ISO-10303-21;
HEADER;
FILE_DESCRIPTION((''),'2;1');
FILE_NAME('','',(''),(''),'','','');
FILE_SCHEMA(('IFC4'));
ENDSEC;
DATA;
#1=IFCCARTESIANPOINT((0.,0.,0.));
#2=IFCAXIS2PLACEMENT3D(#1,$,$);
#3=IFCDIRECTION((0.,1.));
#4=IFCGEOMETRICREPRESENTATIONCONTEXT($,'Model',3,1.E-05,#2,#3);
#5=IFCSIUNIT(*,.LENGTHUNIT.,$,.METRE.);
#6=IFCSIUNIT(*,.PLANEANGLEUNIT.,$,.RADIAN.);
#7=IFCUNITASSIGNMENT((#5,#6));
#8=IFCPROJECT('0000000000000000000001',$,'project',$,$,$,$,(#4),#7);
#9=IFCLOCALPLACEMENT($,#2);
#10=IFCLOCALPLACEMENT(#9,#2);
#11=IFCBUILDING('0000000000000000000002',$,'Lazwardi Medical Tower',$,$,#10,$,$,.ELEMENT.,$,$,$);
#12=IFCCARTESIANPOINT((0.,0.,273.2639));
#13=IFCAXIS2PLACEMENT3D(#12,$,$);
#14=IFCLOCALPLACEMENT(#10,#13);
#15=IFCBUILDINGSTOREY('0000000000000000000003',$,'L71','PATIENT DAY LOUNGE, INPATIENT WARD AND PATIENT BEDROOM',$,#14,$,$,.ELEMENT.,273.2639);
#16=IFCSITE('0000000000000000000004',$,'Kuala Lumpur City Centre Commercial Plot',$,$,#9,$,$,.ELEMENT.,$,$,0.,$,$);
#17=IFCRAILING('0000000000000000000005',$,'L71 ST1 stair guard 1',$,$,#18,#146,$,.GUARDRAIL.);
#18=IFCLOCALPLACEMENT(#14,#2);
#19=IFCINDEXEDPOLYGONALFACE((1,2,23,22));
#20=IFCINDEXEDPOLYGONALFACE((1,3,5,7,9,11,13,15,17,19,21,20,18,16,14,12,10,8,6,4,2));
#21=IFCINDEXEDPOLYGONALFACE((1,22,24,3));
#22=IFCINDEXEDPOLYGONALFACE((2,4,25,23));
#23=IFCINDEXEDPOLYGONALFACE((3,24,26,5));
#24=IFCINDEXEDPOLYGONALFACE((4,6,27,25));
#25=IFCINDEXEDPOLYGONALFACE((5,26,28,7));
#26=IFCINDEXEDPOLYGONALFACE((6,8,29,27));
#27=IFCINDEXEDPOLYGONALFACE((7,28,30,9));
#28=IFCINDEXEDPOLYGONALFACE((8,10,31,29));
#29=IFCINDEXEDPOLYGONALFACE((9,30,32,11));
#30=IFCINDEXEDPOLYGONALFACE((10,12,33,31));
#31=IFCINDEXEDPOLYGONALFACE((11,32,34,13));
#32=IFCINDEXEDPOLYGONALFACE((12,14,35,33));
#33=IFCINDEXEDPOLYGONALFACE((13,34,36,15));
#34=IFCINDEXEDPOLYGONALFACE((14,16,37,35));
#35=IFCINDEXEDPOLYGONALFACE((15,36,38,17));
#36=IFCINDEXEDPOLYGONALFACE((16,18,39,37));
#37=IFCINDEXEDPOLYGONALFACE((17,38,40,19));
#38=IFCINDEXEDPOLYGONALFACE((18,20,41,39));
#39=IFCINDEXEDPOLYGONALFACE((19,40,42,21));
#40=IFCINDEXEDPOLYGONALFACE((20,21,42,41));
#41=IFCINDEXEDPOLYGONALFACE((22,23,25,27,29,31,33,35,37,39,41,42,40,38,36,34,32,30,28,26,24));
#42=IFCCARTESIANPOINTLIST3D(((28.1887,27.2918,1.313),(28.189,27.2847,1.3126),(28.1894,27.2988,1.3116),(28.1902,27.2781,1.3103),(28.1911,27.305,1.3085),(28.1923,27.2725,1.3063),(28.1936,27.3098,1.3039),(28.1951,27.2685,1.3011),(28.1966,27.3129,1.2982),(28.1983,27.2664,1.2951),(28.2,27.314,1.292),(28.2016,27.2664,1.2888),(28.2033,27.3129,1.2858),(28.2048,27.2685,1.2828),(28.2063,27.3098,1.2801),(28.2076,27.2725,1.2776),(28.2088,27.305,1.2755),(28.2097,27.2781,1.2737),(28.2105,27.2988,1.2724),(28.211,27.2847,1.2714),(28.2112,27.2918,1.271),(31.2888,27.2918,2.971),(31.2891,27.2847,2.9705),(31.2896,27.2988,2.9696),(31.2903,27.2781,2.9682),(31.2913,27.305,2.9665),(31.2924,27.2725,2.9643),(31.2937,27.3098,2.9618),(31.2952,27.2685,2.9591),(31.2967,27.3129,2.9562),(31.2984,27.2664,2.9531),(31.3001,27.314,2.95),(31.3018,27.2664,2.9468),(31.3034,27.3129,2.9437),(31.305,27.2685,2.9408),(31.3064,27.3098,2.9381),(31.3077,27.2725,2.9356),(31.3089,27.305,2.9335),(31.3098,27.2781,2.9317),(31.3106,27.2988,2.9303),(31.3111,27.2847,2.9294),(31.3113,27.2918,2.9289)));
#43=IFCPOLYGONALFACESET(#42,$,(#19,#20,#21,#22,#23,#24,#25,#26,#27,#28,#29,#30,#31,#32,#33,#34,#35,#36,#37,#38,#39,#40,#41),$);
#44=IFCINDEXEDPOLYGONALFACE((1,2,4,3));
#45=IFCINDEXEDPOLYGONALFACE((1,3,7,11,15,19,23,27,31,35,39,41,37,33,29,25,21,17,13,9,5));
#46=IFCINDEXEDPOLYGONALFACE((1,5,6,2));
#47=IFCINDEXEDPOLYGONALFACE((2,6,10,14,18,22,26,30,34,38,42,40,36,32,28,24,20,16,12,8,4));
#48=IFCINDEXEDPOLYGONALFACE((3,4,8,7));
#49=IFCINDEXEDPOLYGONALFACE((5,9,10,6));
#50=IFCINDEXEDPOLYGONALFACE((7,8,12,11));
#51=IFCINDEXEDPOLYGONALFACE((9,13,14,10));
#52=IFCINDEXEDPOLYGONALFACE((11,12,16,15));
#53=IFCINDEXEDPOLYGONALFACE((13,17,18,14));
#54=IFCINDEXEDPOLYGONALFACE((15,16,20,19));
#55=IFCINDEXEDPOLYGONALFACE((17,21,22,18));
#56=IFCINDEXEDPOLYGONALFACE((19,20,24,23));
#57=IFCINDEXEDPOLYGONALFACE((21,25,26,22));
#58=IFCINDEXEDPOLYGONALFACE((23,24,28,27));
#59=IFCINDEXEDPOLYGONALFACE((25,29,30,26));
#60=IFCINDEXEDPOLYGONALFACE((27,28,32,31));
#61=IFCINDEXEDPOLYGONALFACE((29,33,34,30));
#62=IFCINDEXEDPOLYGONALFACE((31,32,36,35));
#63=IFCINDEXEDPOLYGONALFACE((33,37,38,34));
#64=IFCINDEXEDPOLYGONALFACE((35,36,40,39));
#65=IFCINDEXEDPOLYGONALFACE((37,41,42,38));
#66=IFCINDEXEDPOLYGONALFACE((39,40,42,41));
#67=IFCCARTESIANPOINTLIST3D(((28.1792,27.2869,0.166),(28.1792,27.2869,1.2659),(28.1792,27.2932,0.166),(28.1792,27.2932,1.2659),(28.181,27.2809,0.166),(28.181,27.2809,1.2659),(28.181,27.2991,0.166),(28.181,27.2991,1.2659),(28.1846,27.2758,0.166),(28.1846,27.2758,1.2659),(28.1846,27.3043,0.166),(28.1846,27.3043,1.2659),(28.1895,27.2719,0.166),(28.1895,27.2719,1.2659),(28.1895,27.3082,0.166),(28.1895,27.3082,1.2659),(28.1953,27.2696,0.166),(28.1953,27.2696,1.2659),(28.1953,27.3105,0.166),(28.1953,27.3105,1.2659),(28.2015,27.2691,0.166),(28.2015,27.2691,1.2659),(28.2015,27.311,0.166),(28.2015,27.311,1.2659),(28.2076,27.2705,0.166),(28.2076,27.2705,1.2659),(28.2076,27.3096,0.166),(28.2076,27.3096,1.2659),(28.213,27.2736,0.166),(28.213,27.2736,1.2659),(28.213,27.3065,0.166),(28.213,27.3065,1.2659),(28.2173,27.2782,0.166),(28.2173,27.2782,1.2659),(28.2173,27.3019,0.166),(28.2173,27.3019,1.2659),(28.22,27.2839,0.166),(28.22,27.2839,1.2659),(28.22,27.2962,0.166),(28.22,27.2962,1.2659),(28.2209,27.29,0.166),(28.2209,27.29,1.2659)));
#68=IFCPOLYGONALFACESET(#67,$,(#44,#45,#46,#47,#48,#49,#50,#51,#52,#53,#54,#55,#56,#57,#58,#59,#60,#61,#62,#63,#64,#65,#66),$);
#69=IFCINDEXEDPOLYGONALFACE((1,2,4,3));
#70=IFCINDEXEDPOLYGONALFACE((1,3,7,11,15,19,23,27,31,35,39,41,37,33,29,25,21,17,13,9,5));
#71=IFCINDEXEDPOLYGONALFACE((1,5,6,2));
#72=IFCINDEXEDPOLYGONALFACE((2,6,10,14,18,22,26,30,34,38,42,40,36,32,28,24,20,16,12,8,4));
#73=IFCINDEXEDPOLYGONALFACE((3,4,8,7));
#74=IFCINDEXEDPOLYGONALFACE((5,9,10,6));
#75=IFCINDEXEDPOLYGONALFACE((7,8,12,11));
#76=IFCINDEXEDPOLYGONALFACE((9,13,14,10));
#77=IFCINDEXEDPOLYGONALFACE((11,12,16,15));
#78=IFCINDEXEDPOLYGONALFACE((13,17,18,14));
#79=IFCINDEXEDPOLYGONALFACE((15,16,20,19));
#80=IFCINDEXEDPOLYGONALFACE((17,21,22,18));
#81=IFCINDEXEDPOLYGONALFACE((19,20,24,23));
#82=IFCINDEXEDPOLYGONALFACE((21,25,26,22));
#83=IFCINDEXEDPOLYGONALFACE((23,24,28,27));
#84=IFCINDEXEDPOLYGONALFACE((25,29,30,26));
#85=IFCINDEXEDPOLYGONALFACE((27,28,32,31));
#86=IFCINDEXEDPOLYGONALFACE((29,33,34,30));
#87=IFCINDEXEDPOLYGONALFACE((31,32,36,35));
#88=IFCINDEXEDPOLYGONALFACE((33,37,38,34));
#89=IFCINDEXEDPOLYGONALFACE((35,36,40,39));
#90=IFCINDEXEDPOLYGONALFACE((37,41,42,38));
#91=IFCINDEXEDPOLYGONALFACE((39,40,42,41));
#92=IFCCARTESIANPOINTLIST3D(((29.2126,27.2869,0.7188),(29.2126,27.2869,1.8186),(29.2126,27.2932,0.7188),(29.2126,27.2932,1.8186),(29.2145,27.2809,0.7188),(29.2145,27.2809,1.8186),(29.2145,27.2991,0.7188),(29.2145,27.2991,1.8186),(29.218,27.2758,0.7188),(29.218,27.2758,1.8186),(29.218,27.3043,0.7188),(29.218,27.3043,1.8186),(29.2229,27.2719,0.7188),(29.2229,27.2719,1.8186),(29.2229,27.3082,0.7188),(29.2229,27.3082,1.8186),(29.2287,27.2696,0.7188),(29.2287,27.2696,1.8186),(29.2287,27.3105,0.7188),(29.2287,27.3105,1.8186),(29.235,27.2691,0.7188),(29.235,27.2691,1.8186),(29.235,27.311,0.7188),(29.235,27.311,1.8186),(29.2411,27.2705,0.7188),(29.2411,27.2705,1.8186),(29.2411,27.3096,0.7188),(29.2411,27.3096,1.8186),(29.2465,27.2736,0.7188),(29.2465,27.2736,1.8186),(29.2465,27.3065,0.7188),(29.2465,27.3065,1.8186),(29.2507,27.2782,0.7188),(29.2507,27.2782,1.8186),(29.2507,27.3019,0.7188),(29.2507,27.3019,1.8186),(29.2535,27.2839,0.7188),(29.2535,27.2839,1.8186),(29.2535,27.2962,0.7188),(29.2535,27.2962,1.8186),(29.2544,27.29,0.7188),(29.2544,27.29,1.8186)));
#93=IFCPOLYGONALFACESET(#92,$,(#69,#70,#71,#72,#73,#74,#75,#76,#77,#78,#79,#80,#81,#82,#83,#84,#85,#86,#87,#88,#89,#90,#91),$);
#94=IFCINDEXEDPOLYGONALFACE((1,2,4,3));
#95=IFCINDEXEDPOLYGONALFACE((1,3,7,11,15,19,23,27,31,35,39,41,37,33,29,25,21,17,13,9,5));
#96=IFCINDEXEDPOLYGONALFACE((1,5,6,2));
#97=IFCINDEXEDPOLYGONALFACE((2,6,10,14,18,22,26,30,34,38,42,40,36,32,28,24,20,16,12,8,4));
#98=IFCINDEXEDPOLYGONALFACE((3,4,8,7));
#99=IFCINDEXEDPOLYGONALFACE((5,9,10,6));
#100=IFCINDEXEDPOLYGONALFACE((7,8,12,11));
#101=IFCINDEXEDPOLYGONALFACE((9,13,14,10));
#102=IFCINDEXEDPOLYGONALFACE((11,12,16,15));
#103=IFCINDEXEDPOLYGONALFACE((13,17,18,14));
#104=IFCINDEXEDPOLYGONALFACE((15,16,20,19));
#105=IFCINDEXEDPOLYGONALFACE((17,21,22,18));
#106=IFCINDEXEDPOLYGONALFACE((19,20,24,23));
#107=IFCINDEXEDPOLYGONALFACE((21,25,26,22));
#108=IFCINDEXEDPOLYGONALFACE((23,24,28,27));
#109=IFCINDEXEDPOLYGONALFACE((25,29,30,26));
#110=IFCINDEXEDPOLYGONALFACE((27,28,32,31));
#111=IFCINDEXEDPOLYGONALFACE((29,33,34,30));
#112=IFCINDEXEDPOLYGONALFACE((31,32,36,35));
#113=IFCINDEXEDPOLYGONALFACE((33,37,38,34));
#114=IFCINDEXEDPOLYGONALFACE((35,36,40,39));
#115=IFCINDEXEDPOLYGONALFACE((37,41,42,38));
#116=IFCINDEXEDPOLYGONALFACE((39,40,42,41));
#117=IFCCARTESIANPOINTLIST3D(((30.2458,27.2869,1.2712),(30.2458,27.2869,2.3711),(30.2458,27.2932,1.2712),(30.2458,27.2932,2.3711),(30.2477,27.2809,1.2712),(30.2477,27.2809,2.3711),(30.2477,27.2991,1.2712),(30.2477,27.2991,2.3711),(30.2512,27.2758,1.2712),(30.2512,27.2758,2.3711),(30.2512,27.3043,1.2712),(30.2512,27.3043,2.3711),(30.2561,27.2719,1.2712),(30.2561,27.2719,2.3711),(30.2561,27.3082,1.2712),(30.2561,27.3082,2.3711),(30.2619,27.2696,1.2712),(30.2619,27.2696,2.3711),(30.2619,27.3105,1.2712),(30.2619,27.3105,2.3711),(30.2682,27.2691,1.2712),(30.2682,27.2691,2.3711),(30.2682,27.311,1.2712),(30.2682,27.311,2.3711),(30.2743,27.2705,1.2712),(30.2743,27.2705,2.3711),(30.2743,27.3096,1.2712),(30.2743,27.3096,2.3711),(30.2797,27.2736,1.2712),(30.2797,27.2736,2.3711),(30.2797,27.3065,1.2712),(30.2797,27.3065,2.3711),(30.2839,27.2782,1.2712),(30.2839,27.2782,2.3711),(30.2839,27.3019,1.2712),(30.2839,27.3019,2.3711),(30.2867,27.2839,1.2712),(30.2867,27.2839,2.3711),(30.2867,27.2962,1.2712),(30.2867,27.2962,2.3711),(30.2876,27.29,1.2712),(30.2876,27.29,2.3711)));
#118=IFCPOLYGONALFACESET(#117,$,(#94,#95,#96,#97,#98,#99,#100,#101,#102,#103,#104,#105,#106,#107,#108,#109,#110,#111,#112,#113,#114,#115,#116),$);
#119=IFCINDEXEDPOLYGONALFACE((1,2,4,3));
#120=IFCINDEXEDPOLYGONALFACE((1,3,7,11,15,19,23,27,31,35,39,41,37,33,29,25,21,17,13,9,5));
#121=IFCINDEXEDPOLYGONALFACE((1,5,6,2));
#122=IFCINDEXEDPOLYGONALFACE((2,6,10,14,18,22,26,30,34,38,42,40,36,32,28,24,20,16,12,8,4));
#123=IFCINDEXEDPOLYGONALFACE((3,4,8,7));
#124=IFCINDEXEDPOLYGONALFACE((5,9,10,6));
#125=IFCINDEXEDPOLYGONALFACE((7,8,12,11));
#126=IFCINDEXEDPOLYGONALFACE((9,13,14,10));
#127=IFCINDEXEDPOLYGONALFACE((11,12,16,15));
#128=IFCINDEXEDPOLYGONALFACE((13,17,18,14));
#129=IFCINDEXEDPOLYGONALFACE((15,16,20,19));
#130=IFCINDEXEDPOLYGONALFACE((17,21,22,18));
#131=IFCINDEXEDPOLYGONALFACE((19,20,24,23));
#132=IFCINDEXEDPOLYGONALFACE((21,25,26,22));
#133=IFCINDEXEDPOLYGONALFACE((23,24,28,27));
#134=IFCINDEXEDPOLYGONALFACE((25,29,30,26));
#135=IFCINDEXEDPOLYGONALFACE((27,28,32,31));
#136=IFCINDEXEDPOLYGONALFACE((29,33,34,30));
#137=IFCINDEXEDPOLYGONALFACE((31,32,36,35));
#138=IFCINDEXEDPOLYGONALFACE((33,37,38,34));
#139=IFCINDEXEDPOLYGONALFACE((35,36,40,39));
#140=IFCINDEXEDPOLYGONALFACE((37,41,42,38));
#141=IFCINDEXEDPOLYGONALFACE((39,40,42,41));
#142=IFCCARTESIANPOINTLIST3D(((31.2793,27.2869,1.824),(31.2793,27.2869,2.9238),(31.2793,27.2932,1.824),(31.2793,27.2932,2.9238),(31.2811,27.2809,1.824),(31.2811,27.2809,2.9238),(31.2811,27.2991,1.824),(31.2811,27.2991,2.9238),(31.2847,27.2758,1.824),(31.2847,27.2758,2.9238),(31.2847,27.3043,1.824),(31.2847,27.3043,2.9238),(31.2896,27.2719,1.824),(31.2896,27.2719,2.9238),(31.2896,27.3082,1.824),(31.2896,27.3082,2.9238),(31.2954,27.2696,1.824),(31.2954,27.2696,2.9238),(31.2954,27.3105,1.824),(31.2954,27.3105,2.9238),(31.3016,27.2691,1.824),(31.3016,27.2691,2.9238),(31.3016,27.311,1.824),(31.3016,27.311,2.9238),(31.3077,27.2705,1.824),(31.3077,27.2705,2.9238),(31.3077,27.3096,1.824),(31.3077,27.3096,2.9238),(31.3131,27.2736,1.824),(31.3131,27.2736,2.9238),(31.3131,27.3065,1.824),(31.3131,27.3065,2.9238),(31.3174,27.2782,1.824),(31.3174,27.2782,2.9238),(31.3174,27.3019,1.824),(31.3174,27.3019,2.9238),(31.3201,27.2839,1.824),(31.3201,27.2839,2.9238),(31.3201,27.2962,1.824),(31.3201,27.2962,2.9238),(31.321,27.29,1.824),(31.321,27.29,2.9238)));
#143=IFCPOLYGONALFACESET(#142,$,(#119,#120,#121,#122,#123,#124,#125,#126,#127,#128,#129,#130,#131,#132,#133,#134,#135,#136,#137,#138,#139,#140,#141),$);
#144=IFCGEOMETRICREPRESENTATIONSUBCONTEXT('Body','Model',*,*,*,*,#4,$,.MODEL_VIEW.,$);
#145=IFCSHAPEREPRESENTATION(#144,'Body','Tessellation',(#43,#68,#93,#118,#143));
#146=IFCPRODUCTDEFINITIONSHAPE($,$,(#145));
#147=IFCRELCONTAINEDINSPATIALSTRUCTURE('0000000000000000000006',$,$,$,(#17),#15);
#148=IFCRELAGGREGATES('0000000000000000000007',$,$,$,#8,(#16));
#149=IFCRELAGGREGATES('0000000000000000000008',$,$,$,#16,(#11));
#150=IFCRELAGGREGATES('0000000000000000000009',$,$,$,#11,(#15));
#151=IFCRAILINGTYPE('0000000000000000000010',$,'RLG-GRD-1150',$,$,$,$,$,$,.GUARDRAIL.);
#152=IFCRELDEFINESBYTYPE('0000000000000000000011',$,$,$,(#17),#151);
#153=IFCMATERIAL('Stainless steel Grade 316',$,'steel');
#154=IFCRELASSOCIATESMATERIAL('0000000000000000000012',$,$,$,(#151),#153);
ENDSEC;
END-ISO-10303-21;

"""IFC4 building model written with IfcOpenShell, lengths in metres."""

from ifc_helpers import new_model, si_unit, direction, frame, origin, origin_2d, place, context, subcontext, project, spatial, circle, extrude, material, type_object, element, save


model = new_model("IFC4")

# Units and contexts
model_context = context("Model", 3, precision=1e-05, world=origin(), true_north=direction((0.0, 1.0)))
body_context = subcontext(model_context, "Body", "Model", "MODEL_VIEW")
ifc_project = project(units=[si_unit("LENGTHUNIT", "METRE"), si_unit("PLANEANGLEUNIT", "RADIAN")], contexts=[model_context])

# Site, building, storey
site_placement = place(None, origin())
site = spatial("IfcSite", under=ifc_project, at=site_placement, Name="Kuala Lumpur City Centre Commercial Plot", CompositionType="ELEMENT", RefElevation=0.0)
building_placement = place(site_placement, origin())
building = spatial("IfcBuilding", under=site, at=building_placement, Name="Lazwardi Medical Tower", CompositionType="ELEMENT")
storey_placement = place(building_placement, frame((0.0, 0.0, 273.2639)))
storey = spatial("IfcBuildingStorey", under=building, at=storey_placement, Name="L71", Description="PATIENT DAY LOUNGE, INPATIENT WARD AND PATIENT BEDROOM", CompositionType="ELEMENT", Elevation=273.2639)

# Railing
ifc_material_1 = material(Name="Stainless steel Grade 316", Category="steel")
railing_type_1 = type_object("IfcRailingType", Name="RLG-GRD-1150", PredefinedType="GUARDRAIL", material=ifc_material_1)
railing_1_placement = place(storey_placement, frame((28.2, 27.29, 0.166)))
element("IfcRailing", 1, at=railing_1_placement, inside=storey, type_object=railing_type_1, Name="L71 ST1 stair guard 1", PredefinedType="GUARDRAIL", context=body_context, shape_type="SweptSolid", body=[
    extrude(circle(Radius=0.0239, at=origin_2d()), frame((0.0, 0.0, 1.126), z_axis=(0.881812, 0.0, 0.471601), x_axis=(0.0, 1.0, 0.0)), (0.0, 0.0, 1.0), 3.5156),
    extrude(circle(Radius=0.021, at=origin_2d()), origin(), (0.0, 0.0, 1.0), 1.0999),
    extrude(circle(Radius=0.021, at=origin_2d()), frame((1.0334, 0.0, 0.5527)), (0.0, 0.0, 1.0), 1.0999),
    extrude(circle(Radius=0.021, at=origin_2d()), frame((2.0667, 0.0, 1.1052)), (0.0, 0.0, 1.0), 1.0999),
    extrude(circle(Radius=0.021, at=origin_2d()), frame((3.1001, 0.0, 1.658)), (0.0, 0.0, 1.0), 1.0999),
])

save(model, "model.ifc")
